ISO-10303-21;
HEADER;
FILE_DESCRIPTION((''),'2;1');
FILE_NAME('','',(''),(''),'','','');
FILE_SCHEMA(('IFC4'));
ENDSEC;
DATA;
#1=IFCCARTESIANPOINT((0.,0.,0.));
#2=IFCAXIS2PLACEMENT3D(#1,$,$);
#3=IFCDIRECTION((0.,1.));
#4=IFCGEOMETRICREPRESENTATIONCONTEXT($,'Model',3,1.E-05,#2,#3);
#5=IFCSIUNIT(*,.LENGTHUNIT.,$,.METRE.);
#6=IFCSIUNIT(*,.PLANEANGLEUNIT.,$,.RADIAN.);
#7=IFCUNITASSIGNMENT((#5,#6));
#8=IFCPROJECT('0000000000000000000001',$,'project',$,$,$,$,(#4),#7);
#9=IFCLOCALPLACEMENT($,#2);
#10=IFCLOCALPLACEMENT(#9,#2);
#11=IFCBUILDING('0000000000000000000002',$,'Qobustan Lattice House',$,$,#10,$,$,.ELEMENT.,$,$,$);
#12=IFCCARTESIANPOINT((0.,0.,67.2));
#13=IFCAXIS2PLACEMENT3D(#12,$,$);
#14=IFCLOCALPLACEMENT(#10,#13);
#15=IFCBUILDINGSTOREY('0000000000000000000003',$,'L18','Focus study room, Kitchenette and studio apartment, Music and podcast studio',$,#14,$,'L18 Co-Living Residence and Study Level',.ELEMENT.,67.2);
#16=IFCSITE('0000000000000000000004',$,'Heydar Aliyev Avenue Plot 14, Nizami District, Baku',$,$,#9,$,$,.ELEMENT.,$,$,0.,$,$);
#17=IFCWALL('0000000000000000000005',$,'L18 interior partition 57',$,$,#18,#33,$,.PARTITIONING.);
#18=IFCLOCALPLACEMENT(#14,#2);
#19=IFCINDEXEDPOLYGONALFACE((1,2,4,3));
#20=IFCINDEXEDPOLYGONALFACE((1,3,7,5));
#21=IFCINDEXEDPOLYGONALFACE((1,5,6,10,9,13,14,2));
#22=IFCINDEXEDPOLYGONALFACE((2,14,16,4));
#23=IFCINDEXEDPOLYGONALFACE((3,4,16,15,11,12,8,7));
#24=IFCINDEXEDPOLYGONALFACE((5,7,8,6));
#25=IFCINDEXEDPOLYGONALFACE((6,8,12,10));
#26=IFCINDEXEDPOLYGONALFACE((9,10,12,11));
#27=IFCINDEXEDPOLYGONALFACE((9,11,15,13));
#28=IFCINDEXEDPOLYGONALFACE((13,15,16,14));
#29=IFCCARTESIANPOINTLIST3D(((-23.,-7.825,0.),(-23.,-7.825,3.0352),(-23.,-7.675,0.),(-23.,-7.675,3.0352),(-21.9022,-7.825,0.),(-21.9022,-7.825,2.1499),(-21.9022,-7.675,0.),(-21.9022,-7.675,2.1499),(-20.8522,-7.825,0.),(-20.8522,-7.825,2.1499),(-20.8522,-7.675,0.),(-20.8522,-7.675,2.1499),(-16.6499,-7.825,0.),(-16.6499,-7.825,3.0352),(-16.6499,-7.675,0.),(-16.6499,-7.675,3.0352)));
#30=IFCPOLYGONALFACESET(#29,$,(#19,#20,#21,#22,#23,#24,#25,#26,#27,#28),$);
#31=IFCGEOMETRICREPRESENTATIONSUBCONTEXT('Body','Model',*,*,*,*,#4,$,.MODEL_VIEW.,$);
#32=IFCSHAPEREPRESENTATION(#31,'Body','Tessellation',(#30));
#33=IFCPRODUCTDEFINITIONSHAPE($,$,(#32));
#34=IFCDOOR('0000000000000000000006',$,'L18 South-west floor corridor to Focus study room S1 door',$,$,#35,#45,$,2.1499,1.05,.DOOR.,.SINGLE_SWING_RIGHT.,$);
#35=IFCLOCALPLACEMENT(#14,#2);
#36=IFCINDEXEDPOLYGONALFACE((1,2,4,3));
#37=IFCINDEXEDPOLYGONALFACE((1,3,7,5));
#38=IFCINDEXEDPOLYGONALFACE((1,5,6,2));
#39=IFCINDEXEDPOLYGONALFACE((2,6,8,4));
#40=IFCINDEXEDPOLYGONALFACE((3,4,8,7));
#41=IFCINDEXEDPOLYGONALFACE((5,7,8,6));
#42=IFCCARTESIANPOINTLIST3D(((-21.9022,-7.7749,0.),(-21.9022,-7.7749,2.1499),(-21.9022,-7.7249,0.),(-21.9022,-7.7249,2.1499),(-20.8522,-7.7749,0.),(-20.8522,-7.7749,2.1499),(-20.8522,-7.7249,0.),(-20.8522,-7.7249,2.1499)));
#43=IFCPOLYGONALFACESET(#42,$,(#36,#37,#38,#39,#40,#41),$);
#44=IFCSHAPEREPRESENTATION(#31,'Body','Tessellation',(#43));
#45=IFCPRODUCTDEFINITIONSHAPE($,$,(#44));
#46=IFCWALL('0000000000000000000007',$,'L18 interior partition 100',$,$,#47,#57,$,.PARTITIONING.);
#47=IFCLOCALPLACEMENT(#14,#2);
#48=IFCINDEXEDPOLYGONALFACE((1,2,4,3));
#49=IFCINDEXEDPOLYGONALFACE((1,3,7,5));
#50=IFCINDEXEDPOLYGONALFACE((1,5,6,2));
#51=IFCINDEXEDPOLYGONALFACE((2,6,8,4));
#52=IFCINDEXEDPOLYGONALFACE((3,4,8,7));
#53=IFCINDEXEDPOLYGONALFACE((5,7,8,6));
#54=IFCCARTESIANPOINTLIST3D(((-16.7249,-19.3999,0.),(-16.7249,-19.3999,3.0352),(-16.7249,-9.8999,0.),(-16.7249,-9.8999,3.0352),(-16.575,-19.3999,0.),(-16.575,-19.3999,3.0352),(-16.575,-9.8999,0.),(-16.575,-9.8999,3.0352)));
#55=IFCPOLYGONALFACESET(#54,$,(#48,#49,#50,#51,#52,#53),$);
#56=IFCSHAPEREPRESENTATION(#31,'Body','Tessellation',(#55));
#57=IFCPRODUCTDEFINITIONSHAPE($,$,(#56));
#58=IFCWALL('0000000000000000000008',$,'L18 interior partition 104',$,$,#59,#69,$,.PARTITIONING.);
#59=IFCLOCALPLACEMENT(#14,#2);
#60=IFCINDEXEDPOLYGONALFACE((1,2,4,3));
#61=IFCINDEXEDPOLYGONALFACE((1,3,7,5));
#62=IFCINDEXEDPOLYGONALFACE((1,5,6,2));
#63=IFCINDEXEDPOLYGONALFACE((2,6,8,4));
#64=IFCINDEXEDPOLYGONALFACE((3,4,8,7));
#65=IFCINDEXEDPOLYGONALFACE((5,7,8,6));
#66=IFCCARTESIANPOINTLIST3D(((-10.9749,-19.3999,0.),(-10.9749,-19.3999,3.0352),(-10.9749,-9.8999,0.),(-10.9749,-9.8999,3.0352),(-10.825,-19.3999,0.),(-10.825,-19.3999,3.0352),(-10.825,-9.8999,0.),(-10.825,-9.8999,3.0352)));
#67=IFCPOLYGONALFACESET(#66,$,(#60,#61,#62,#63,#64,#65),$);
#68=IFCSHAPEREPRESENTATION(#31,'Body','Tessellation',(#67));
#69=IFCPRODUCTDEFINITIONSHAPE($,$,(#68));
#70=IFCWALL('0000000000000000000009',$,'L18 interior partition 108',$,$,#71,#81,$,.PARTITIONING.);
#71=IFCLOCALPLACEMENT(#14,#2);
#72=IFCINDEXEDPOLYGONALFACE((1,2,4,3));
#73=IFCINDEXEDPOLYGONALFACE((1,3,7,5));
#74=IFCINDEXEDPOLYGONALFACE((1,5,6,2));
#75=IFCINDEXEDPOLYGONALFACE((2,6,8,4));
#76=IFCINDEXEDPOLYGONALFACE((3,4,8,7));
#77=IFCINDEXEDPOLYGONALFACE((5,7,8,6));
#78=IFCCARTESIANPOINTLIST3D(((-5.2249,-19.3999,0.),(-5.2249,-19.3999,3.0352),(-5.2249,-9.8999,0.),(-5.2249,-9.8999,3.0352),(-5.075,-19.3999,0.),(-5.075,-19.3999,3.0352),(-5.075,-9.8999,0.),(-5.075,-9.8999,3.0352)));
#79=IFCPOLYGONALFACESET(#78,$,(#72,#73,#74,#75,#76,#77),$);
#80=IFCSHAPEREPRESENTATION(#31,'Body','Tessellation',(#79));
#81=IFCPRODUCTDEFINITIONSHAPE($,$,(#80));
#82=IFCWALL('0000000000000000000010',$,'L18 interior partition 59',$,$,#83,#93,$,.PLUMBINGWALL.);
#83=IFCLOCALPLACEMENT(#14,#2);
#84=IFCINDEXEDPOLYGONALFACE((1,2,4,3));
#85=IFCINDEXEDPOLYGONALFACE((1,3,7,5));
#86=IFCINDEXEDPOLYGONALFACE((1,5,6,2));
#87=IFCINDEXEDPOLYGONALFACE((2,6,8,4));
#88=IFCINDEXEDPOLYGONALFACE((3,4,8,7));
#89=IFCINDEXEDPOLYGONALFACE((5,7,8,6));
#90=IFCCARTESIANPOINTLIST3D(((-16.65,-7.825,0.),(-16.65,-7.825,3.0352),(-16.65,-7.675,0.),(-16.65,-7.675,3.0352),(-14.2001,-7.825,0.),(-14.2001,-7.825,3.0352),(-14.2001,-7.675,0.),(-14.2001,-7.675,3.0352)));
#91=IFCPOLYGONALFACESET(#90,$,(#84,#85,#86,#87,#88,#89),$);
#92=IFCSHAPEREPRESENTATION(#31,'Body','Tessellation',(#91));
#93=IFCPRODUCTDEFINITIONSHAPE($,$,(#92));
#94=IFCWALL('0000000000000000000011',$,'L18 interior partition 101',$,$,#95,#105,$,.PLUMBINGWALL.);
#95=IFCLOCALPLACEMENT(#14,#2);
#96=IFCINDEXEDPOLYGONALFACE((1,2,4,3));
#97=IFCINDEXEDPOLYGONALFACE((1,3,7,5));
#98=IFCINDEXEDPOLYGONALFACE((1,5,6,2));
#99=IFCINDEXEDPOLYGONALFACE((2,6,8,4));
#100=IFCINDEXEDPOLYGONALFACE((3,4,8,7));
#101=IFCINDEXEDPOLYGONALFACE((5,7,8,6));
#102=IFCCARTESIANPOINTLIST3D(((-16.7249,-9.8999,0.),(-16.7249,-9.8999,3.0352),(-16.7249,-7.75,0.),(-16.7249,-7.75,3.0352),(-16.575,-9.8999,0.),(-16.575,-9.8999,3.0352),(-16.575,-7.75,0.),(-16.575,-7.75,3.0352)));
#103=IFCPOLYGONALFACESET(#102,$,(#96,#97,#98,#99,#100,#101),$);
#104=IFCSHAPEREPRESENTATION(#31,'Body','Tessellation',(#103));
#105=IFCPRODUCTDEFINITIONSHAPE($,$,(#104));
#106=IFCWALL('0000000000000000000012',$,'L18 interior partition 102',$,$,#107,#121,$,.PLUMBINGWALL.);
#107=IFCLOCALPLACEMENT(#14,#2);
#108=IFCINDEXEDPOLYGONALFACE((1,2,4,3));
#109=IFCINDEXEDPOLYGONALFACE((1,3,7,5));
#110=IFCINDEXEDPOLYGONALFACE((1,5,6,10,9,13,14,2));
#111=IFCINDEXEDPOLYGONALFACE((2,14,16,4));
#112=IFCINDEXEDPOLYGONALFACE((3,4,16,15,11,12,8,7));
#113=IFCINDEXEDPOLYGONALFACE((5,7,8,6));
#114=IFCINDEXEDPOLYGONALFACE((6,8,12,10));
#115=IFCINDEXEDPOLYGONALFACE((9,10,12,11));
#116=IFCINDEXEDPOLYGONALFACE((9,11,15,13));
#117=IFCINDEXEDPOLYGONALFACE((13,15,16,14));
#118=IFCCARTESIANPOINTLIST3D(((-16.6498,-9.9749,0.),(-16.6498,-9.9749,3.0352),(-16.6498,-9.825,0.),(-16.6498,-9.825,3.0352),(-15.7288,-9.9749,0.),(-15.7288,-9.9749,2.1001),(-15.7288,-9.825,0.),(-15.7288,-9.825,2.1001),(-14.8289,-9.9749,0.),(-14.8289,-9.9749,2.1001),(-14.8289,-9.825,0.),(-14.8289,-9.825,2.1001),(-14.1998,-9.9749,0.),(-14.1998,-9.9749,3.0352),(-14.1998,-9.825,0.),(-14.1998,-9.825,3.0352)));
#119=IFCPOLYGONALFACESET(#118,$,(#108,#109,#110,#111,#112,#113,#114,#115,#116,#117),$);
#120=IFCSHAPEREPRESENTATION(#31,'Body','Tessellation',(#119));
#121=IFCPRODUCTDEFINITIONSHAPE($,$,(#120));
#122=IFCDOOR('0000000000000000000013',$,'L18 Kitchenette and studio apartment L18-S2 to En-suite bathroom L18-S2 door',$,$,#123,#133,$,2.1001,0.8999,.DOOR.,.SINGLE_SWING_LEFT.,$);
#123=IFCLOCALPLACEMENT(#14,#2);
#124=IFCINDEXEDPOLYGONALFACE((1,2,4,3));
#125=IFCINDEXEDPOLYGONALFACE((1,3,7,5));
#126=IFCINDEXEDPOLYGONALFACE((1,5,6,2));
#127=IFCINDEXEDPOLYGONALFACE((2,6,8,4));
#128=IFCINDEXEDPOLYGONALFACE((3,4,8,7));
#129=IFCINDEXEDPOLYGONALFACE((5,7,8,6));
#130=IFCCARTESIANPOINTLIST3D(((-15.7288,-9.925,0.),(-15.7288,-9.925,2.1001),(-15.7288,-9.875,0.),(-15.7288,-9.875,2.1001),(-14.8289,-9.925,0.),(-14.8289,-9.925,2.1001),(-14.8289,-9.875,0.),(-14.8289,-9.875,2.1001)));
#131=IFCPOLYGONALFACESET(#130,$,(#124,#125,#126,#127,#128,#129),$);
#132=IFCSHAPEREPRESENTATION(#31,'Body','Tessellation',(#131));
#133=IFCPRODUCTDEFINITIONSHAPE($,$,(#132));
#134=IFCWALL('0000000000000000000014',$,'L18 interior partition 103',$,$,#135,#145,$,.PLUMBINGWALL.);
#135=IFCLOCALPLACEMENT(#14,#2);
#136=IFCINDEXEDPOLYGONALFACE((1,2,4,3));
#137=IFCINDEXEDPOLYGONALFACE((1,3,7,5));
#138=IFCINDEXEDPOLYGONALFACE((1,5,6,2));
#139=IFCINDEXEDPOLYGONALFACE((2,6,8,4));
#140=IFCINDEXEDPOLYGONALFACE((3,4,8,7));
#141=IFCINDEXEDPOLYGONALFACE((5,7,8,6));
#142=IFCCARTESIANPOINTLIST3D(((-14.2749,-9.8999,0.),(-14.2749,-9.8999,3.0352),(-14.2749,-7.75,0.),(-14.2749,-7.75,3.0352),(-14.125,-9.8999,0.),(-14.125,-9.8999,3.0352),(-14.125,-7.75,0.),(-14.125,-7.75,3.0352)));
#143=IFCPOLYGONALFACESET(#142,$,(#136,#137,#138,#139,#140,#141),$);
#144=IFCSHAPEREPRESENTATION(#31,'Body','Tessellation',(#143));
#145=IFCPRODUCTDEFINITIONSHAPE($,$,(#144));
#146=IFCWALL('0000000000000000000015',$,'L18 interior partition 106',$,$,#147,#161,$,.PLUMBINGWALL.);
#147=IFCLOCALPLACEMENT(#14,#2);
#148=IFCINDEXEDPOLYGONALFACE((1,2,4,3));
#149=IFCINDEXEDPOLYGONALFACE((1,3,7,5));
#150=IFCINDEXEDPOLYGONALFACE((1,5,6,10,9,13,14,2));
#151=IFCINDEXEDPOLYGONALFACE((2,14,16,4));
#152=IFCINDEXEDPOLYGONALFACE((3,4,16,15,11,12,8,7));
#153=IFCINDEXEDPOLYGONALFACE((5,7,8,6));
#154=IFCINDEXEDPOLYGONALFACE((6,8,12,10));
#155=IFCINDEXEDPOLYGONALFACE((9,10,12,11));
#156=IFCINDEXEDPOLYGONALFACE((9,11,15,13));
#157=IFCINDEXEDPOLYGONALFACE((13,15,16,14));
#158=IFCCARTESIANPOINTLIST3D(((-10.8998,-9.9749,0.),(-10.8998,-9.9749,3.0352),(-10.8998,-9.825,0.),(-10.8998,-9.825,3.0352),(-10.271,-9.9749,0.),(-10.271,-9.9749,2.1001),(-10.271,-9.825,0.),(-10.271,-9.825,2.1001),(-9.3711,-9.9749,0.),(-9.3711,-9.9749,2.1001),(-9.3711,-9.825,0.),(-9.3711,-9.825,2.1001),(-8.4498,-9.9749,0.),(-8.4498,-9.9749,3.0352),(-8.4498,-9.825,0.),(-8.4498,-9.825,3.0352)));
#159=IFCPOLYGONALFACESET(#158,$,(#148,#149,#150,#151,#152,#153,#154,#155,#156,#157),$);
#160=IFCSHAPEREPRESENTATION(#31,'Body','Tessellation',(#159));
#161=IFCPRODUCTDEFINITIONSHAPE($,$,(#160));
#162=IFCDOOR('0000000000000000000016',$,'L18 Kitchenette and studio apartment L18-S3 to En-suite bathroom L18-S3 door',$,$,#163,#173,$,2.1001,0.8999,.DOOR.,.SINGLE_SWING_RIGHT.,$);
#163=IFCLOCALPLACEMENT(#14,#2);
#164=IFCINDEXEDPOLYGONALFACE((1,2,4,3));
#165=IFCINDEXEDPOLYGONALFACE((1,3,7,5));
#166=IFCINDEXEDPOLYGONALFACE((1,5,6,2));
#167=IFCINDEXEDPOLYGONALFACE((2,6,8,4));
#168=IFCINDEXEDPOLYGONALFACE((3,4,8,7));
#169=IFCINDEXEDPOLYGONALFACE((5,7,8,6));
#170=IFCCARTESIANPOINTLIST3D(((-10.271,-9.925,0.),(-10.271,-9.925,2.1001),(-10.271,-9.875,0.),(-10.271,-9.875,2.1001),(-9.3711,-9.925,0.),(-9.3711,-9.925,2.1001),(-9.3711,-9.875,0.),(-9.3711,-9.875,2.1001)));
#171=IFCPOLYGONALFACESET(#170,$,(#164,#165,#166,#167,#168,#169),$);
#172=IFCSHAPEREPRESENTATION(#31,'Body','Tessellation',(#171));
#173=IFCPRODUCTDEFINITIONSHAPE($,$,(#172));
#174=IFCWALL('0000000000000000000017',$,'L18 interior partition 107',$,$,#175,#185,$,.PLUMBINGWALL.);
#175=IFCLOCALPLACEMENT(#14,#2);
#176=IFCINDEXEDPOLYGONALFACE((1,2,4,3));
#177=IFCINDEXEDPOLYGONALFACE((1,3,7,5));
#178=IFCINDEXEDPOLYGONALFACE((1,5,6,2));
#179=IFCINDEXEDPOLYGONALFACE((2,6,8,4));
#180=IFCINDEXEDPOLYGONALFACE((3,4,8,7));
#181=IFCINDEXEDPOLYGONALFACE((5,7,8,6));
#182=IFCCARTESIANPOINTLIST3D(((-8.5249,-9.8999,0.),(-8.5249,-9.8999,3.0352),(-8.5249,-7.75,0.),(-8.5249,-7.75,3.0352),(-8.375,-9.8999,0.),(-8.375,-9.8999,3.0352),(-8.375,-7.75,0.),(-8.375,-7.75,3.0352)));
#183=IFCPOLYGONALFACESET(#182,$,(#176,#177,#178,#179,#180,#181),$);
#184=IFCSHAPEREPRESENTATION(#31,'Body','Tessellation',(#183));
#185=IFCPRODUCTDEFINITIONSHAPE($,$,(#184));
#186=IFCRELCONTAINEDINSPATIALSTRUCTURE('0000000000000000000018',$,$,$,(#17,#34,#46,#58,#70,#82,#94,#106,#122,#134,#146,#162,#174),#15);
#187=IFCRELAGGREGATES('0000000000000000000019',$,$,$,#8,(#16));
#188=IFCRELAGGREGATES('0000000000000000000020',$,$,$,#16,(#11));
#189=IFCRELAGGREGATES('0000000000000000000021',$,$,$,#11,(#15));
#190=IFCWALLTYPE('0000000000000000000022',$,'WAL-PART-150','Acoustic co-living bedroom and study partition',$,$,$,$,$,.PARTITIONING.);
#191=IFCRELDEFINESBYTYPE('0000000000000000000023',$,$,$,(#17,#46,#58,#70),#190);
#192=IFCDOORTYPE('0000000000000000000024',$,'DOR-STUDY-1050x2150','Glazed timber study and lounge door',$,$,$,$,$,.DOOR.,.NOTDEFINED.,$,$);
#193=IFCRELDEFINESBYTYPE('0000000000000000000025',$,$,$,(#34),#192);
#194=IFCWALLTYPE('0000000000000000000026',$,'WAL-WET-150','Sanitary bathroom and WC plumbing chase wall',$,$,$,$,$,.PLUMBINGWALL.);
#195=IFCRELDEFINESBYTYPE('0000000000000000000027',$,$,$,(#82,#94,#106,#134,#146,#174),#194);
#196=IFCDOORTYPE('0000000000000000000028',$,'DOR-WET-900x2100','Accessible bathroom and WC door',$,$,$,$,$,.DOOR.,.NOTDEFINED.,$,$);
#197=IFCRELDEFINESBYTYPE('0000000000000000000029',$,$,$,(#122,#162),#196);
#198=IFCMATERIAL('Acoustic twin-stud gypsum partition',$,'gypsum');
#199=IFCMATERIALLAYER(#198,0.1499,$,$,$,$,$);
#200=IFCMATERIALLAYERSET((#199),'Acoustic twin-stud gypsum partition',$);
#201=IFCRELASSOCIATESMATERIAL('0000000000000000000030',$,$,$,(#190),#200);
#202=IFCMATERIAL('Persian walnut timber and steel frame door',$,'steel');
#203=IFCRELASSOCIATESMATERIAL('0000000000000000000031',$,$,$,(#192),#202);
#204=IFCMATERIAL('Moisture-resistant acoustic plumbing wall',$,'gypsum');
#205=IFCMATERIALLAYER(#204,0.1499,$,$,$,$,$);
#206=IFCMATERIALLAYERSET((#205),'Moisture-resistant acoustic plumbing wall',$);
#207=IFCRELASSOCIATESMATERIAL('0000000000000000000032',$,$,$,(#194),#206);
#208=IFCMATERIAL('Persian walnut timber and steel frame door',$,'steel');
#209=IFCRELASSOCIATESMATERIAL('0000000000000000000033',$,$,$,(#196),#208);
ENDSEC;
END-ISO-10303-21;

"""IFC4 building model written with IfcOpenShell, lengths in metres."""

from ifc_helpers import new_model, si_unit, direction, frame, frame_2d, origin, place, context, subcontext, project, spatial, rectangle, extrude, material, layer, layer_set, type_object, element, fill, save


model = new_model("IFC4")

# Units and contexts
model_context = context("Model", 3, precision=1e-05, world=origin(), true_north=direction((0.0, 1.0)))
body_context = subcontext(model_context, "Body", "Model", "MODEL_VIEW")
ifc_project = project(units=[si_unit("LENGTHUNIT", "METRE"), si_unit("PLANEANGLEUNIT", "RADIAN")], contexts=[model_context])

# Site, building, storey
site_placement = place(None, origin())
site = spatial("IfcSite", under=ifc_project, at=site_placement, Name="Heydar Aliyev Avenue Plot 14, Nizami District, Baku", CompositionType="ELEMENT", RefElevation=0.0)
building_placement = place(site_placement, origin())
building = spatial("IfcBuilding", under=site, at=building_placement, Name="Qobustan Lattice House", CompositionType="ELEMENT")
storey_placement = place(building_placement, frame((0.0, 0.0, 67.2)))
storey = spatial("IfcBuildingStorey", under=building, at=storey_placement, Name="L18", Description="Focus study room, Kitchenette and studio apartment, Music and podcast studio", LongName="L18 Co-Living Residence and Study Level", CompositionType="ELEMENT", Elevation=67.2)

# Wall, opening, door
ifc_material_1 = material(Name="Acoustic twin-stud gypsum partition", Category="gypsum")
ifc_layer_1 = layer(ifc_material_1, 0.1499)
ifc_layer_set_1 = layer_set([ifc_layer_1], Name="Acoustic twin-stud gypsum partition")
wall_type_1 = type_object("IfcWallType", Name="WAL-PART-150", Description="Acoustic co-living bedroom and study partition", PredefinedType="PARTITIONING", material=ifc_layer_set_1)
wall_1_placement = place(storey_placement, frame((-16.6499, -7.75, 0.0), z_axis=(0.0, 0.0, 1.0), x_axis=(-1.0, 0.0, 0.0)))
wall_1 = element("IfcWall", 1, at=wall_1_placement, inside=storey, type_object=wall_type_1, Name="L18 interior partition 57", PredefinedType="PARTITIONING", context=body_context, shape_type="SweptSolid", body=[
    extrude(rectangle(XDim=6.3501, YDim=0.1499, at=frame_2d((3.175, 0.0))), origin(), (0.0, 0.0, 1.0), 3.0352),
])
opening_1_placement = place(wall_1_placement, frame((4.2024, 0.0, 0.0)))
opening_1 = element("IfcOpeningElement", 2, at=opening_1_placement, cuts=wall_1, PredefinedType="OPENING", context=body_context, shape_type="SweptSolid", body=[
    extrude(rectangle(XDim=1.05, YDim=2.1499, at=frame_2d((0.5249, 1.075))), frame((0.0, 0.085, 0.0), z_axis=(0.0, -1.0, 0.0), x_axis=(1.0, 0.0, 0.0)), (0.0, 0.0, 1.0), 0.1699),
])
ifc_material_2 = material(Name="Persian walnut timber and steel frame door", Category="steel")
door_type_1 = type_object("IfcDoorType", Name="DOR-STUDY-1050x2150", Description="Glazed timber study and lounge door", OperationType="NOTDEFINED", PredefinedType="DOOR", material=ifc_material_2)
door_1_placement = place(opening_1_placement, origin())
door_1 = element("IfcDoor", 3, at=door_1_placement, inside=storey, type_object=door_type_1, Name="L18 South-west floor corridor to Focus study room S1 door", OperationType="SINGLE_SWING_RIGHT", OverallHeight=2.1499, OverallWidth=1.05, PredefinedType="DOOR", context=body_context, shape_type="SweptSolid", body=[
    extrude(rectangle(XDim=1.05, YDim=2.1499, at=frame_2d((0.5249, 1.075))), frame((0.0, 0.0249, 0.0), z_axis=(0.0, -1.0, 0.0), x_axis=(1.0, 0.0, 0.0)), (0.0, 0.0, 1.0), 0.05),
])
fill(opening_1, door_1)

# Walls
for number, where, z_axis, x_axis, name in (
    (4, (-16.6499, -9.8999, 0.0), (0.0, 0.0, 1.0), (0.0, -1.0, 0.0), "L18 interior partition 100"),
    (5, (-10.8999, -9.8999, 0.0), (0.0, 0.0, 1.0), (0.0, -1.0, 0.0), "L18 interior partition 104"),
    (6, (-5.1499, -9.8999, 0.0), (0.0, 0.0, 1.0), (0.0, -1.0, 0.0), "L18 interior partition 108"),
):
    element("IfcWall", number, at=place(storey_placement, frame(where, z_axis=z_axis, x_axis=x_axis)), inside=storey, type_object=wall_type_1, Name=name, PredefinedType="PARTITIONING", context=body_context, shape_type="SweptSolid", body=[
        extrude(rectangle(XDim=9.5, YDim=0.1499, at=frame_2d((4.75, 0.0))), origin(), (0.0, 0.0, 1.0), 3.0352),
    ])
ifc_material_3 = material(Name="Moisture-resistant acoustic plumbing wall", Category="gypsum")
ifc_layer_2 = layer(ifc_material_3, 0.1499)
ifc_layer_set_2 = layer_set([ifc_layer_2], Name="Moisture-resistant acoustic plumbing wall")
wall_type_2 = type_object("IfcWallType", Name="WAL-WET-150", Description="Sanitary bathroom and WC plumbing chase wall", PredefinedType="PLUMBINGWALL", material=ifc_layer_set_2)
wall_2_placement = place(storey_placement, frame((-14.2, -7.75, 0.0), z_axis=(0.0, 0.0, 1.0), x_axis=(-1.0, 0.0, 0.0)))
element("IfcWall", 7, at=wall_2_placement, inside=storey, type_object=wall_type_2, Name="L18 interior partition 59", PredefinedType="PLUMBINGWALL", context=body_context, shape_type="SweptSolid", body=[
    extrude(rectangle(XDim=2.45, YDim=0.1499, at=frame_2d((1.2251, 0.0))), origin(), (0.0, 0.0, 1.0), 3.0352),
])
wall_3_placement = place(storey_placement, frame((-16.6499, -7.75, 0.0), z_axis=(0.0, 0.0, 1.0), x_axis=(0.0, -1.0, 0.0)))
element("IfcWall", 8, at=wall_3_placement, inside=storey, type_object=wall_type_2, Name="L18 interior partition 101", PredefinedType="PLUMBINGWALL", context=body_context, shape_type="SweptSolid", body=[
    extrude(rectangle(XDim=2.1499, YDim=0.1499, at=frame_2d((1.075, 0.0))), origin(), (0.0, 0.0, 1.0), 3.0352),
])

# Wall, opening, door
wall_4_placement = place(storey_placement, frame((-16.6499, -9.8999, 0.0), z_axis=(0.0, 0.0, 1.0), x_axis=(1.0, 0.0, 0.0)))
wall_4 = element("IfcWall", 9, at=wall_4_placement, inside=storey, type_object=wall_type_2, Name="L18 interior partition 102", PredefinedType="PLUMBINGWALL", context=body_context, shape_type="SweptSolid", body=[
    extrude(rectangle(XDim=2.45, YDim=0.1499, at=frame_2d((1.2251, 0.0))), origin(), (0.0, 0.0, 1.0), 3.0352),
])
opening_2_placement = place(wall_4_placement, frame((0.9211, 0.0, 0.0)))
opening_2 = element("IfcOpeningElement", 10, at=opening_2_placement, cuts=wall_4, PredefinedType="OPENING", context=body_context, shape_type="SweptSolid", body=[
    extrude(rectangle(XDim=0.8999, YDim=2.1001, at=frame_2d((0.45, 1.05))), frame((0.0, 0.085, 0.0), z_axis=(0.0, -1.0, 0.0), x_axis=(1.0, 0.0, 0.0)), (0.0, 0.0, 1.0), 0.1699),
])
ifc_material_4 = material(Name="Persian walnut timber and steel frame door", Category="steel")
door_type_2 = type_object("IfcDoorType", Name="DOR-WET-900x2100", Description="Accessible bathroom and WC door", OperationType="NOTDEFINED", PredefinedType="DOOR", material=ifc_material_4)
door_2_placement = place(opening_2_placement, origin())
door_2 = element("IfcDoor", 11, at=door_2_placement, inside=storey, type_object=door_type_2, Name="L18 Kitchenette and studio apartment L18-S2 to En-suite bathroom L18-S2 door", OperationType="SINGLE_SWING_LEFT", OverallHeight=2.1001, OverallWidth=0.8999, PredefinedType="DOOR", context=body_context, shape_type="SweptSolid", body=[
    extrude(rectangle(XDim=0.8999, YDim=2.1001, at=frame_2d((0.45, 1.05))), frame((0.0, 0.0249, 0.0), z_axis=(0.0, -1.0, 0.0), x_axis=(1.0, 0.0, 0.0)), (0.0, 0.0, 1.0), 0.05),
])
fill(opening_2, door_2)

# Wall
wall_5_placement = place(storey_placement, frame((-14.2, -9.8999, 0.0), z_axis=(0.0, 0.0, 1.0), x_axis=(0.0, 1.0, 0.0)))
element("IfcWall", 12, at=wall_5_placement, inside=storey, type_object=wall_type_2, Name="L18 interior partition 103", PredefinedType="PLUMBINGWALL", context=body_context, shape_type="SweptSolid", body=[
    extrude(rectangle(XDim=2.1499, YDim=0.1499, at=frame_2d((1.075, 0.0))), origin(), (0.0, 0.0, 1.0), 3.0352),
])

# Wall, opening, door
wall_6_placement = place(storey_placement, frame((-10.8999, -9.8999, 0.0), z_axis=(0.0, 0.0, 1.0), x_axis=(1.0, 0.0, 0.0)))
wall_6 = element("IfcWall", 13, at=wall_6_placement, inside=storey, type_object=wall_type_2, Name="L18 interior partition 106", PredefinedType="PLUMBINGWALL", context=body_context, shape_type="SweptSolid", body=[
    extrude(rectangle(XDim=2.45, YDim=0.1499, at=frame_2d((1.2251, 0.0))), origin(), (0.0, 0.0, 1.0), 3.0352),
])
opening_3_placement = place(wall_6_placement, frame((0.6289, 0.0, 0.0)))
opening_3 = element("IfcOpeningElement", 14, at=opening_3_placement, cuts=wall_6, PredefinedType="OPENING", context=body_context, shape_type="SweptSolid", body=[
    extrude(rectangle(XDim=0.8999, YDim=2.1001, at=frame_2d((0.45, 1.05))), frame((0.0, 0.085, 0.0), z_axis=(0.0, -1.0, 0.0), x_axis=(1.0, 0.0, 0.0)), (0.0, 0.0, 1.0), 0.1699),
])
door_3_placement = place(opening_3_placement, origin())
door_3 = element("IfcDoor", 15, at=door_3_placement, inside=storey, type_object=door_type_2, Name="L18 Kitchenette and studio apartment L18-S3 to En-suite bathroom L18-S3 door", OperationType="SINGLE_SWING_RIGHT", OverallHeight=2.1001, OverallWidth=0.8999, PredefinedType="DOOR", context=body_context, shape_type="SweptSolid", body=[
    extrude(rectangle(XDim=0.8999, YDim=2.1001, at=frame_2d((0.45, 1.05))), frame((0.0, 0.0249, 0.0), z_axis=(0.0, -1.0, 0.0), x_axis=(1.0, 0.0, 0.0)), (0.0, 0.0, 1.0), 0.05),
])
fill(opening_3, door_3)

# Wall
wall_7_placement = place(storey_placement, frame((-8.45, -9.8999, 0.0), z_axis=(0.0, 0.0, 1.0), x_axis=(0.0, 1.0, 0.0)))
element("IfcWall", 16, at=wall_7_placement, inside=storey, type_object=wall_type_2, Name="L18 interior partition 107", PredefinedType="PLUMBINGWALL", context=body_context, shape_type="SweptSolid", body=[
    extrude(rectangle(XDim=2.1499, YDim=0.1499, at=frame_2d((1.075, 0.0))), origin(), (0.0, 0.0, 1.0), 3.0352),
])

save(model, "model.ifc")
